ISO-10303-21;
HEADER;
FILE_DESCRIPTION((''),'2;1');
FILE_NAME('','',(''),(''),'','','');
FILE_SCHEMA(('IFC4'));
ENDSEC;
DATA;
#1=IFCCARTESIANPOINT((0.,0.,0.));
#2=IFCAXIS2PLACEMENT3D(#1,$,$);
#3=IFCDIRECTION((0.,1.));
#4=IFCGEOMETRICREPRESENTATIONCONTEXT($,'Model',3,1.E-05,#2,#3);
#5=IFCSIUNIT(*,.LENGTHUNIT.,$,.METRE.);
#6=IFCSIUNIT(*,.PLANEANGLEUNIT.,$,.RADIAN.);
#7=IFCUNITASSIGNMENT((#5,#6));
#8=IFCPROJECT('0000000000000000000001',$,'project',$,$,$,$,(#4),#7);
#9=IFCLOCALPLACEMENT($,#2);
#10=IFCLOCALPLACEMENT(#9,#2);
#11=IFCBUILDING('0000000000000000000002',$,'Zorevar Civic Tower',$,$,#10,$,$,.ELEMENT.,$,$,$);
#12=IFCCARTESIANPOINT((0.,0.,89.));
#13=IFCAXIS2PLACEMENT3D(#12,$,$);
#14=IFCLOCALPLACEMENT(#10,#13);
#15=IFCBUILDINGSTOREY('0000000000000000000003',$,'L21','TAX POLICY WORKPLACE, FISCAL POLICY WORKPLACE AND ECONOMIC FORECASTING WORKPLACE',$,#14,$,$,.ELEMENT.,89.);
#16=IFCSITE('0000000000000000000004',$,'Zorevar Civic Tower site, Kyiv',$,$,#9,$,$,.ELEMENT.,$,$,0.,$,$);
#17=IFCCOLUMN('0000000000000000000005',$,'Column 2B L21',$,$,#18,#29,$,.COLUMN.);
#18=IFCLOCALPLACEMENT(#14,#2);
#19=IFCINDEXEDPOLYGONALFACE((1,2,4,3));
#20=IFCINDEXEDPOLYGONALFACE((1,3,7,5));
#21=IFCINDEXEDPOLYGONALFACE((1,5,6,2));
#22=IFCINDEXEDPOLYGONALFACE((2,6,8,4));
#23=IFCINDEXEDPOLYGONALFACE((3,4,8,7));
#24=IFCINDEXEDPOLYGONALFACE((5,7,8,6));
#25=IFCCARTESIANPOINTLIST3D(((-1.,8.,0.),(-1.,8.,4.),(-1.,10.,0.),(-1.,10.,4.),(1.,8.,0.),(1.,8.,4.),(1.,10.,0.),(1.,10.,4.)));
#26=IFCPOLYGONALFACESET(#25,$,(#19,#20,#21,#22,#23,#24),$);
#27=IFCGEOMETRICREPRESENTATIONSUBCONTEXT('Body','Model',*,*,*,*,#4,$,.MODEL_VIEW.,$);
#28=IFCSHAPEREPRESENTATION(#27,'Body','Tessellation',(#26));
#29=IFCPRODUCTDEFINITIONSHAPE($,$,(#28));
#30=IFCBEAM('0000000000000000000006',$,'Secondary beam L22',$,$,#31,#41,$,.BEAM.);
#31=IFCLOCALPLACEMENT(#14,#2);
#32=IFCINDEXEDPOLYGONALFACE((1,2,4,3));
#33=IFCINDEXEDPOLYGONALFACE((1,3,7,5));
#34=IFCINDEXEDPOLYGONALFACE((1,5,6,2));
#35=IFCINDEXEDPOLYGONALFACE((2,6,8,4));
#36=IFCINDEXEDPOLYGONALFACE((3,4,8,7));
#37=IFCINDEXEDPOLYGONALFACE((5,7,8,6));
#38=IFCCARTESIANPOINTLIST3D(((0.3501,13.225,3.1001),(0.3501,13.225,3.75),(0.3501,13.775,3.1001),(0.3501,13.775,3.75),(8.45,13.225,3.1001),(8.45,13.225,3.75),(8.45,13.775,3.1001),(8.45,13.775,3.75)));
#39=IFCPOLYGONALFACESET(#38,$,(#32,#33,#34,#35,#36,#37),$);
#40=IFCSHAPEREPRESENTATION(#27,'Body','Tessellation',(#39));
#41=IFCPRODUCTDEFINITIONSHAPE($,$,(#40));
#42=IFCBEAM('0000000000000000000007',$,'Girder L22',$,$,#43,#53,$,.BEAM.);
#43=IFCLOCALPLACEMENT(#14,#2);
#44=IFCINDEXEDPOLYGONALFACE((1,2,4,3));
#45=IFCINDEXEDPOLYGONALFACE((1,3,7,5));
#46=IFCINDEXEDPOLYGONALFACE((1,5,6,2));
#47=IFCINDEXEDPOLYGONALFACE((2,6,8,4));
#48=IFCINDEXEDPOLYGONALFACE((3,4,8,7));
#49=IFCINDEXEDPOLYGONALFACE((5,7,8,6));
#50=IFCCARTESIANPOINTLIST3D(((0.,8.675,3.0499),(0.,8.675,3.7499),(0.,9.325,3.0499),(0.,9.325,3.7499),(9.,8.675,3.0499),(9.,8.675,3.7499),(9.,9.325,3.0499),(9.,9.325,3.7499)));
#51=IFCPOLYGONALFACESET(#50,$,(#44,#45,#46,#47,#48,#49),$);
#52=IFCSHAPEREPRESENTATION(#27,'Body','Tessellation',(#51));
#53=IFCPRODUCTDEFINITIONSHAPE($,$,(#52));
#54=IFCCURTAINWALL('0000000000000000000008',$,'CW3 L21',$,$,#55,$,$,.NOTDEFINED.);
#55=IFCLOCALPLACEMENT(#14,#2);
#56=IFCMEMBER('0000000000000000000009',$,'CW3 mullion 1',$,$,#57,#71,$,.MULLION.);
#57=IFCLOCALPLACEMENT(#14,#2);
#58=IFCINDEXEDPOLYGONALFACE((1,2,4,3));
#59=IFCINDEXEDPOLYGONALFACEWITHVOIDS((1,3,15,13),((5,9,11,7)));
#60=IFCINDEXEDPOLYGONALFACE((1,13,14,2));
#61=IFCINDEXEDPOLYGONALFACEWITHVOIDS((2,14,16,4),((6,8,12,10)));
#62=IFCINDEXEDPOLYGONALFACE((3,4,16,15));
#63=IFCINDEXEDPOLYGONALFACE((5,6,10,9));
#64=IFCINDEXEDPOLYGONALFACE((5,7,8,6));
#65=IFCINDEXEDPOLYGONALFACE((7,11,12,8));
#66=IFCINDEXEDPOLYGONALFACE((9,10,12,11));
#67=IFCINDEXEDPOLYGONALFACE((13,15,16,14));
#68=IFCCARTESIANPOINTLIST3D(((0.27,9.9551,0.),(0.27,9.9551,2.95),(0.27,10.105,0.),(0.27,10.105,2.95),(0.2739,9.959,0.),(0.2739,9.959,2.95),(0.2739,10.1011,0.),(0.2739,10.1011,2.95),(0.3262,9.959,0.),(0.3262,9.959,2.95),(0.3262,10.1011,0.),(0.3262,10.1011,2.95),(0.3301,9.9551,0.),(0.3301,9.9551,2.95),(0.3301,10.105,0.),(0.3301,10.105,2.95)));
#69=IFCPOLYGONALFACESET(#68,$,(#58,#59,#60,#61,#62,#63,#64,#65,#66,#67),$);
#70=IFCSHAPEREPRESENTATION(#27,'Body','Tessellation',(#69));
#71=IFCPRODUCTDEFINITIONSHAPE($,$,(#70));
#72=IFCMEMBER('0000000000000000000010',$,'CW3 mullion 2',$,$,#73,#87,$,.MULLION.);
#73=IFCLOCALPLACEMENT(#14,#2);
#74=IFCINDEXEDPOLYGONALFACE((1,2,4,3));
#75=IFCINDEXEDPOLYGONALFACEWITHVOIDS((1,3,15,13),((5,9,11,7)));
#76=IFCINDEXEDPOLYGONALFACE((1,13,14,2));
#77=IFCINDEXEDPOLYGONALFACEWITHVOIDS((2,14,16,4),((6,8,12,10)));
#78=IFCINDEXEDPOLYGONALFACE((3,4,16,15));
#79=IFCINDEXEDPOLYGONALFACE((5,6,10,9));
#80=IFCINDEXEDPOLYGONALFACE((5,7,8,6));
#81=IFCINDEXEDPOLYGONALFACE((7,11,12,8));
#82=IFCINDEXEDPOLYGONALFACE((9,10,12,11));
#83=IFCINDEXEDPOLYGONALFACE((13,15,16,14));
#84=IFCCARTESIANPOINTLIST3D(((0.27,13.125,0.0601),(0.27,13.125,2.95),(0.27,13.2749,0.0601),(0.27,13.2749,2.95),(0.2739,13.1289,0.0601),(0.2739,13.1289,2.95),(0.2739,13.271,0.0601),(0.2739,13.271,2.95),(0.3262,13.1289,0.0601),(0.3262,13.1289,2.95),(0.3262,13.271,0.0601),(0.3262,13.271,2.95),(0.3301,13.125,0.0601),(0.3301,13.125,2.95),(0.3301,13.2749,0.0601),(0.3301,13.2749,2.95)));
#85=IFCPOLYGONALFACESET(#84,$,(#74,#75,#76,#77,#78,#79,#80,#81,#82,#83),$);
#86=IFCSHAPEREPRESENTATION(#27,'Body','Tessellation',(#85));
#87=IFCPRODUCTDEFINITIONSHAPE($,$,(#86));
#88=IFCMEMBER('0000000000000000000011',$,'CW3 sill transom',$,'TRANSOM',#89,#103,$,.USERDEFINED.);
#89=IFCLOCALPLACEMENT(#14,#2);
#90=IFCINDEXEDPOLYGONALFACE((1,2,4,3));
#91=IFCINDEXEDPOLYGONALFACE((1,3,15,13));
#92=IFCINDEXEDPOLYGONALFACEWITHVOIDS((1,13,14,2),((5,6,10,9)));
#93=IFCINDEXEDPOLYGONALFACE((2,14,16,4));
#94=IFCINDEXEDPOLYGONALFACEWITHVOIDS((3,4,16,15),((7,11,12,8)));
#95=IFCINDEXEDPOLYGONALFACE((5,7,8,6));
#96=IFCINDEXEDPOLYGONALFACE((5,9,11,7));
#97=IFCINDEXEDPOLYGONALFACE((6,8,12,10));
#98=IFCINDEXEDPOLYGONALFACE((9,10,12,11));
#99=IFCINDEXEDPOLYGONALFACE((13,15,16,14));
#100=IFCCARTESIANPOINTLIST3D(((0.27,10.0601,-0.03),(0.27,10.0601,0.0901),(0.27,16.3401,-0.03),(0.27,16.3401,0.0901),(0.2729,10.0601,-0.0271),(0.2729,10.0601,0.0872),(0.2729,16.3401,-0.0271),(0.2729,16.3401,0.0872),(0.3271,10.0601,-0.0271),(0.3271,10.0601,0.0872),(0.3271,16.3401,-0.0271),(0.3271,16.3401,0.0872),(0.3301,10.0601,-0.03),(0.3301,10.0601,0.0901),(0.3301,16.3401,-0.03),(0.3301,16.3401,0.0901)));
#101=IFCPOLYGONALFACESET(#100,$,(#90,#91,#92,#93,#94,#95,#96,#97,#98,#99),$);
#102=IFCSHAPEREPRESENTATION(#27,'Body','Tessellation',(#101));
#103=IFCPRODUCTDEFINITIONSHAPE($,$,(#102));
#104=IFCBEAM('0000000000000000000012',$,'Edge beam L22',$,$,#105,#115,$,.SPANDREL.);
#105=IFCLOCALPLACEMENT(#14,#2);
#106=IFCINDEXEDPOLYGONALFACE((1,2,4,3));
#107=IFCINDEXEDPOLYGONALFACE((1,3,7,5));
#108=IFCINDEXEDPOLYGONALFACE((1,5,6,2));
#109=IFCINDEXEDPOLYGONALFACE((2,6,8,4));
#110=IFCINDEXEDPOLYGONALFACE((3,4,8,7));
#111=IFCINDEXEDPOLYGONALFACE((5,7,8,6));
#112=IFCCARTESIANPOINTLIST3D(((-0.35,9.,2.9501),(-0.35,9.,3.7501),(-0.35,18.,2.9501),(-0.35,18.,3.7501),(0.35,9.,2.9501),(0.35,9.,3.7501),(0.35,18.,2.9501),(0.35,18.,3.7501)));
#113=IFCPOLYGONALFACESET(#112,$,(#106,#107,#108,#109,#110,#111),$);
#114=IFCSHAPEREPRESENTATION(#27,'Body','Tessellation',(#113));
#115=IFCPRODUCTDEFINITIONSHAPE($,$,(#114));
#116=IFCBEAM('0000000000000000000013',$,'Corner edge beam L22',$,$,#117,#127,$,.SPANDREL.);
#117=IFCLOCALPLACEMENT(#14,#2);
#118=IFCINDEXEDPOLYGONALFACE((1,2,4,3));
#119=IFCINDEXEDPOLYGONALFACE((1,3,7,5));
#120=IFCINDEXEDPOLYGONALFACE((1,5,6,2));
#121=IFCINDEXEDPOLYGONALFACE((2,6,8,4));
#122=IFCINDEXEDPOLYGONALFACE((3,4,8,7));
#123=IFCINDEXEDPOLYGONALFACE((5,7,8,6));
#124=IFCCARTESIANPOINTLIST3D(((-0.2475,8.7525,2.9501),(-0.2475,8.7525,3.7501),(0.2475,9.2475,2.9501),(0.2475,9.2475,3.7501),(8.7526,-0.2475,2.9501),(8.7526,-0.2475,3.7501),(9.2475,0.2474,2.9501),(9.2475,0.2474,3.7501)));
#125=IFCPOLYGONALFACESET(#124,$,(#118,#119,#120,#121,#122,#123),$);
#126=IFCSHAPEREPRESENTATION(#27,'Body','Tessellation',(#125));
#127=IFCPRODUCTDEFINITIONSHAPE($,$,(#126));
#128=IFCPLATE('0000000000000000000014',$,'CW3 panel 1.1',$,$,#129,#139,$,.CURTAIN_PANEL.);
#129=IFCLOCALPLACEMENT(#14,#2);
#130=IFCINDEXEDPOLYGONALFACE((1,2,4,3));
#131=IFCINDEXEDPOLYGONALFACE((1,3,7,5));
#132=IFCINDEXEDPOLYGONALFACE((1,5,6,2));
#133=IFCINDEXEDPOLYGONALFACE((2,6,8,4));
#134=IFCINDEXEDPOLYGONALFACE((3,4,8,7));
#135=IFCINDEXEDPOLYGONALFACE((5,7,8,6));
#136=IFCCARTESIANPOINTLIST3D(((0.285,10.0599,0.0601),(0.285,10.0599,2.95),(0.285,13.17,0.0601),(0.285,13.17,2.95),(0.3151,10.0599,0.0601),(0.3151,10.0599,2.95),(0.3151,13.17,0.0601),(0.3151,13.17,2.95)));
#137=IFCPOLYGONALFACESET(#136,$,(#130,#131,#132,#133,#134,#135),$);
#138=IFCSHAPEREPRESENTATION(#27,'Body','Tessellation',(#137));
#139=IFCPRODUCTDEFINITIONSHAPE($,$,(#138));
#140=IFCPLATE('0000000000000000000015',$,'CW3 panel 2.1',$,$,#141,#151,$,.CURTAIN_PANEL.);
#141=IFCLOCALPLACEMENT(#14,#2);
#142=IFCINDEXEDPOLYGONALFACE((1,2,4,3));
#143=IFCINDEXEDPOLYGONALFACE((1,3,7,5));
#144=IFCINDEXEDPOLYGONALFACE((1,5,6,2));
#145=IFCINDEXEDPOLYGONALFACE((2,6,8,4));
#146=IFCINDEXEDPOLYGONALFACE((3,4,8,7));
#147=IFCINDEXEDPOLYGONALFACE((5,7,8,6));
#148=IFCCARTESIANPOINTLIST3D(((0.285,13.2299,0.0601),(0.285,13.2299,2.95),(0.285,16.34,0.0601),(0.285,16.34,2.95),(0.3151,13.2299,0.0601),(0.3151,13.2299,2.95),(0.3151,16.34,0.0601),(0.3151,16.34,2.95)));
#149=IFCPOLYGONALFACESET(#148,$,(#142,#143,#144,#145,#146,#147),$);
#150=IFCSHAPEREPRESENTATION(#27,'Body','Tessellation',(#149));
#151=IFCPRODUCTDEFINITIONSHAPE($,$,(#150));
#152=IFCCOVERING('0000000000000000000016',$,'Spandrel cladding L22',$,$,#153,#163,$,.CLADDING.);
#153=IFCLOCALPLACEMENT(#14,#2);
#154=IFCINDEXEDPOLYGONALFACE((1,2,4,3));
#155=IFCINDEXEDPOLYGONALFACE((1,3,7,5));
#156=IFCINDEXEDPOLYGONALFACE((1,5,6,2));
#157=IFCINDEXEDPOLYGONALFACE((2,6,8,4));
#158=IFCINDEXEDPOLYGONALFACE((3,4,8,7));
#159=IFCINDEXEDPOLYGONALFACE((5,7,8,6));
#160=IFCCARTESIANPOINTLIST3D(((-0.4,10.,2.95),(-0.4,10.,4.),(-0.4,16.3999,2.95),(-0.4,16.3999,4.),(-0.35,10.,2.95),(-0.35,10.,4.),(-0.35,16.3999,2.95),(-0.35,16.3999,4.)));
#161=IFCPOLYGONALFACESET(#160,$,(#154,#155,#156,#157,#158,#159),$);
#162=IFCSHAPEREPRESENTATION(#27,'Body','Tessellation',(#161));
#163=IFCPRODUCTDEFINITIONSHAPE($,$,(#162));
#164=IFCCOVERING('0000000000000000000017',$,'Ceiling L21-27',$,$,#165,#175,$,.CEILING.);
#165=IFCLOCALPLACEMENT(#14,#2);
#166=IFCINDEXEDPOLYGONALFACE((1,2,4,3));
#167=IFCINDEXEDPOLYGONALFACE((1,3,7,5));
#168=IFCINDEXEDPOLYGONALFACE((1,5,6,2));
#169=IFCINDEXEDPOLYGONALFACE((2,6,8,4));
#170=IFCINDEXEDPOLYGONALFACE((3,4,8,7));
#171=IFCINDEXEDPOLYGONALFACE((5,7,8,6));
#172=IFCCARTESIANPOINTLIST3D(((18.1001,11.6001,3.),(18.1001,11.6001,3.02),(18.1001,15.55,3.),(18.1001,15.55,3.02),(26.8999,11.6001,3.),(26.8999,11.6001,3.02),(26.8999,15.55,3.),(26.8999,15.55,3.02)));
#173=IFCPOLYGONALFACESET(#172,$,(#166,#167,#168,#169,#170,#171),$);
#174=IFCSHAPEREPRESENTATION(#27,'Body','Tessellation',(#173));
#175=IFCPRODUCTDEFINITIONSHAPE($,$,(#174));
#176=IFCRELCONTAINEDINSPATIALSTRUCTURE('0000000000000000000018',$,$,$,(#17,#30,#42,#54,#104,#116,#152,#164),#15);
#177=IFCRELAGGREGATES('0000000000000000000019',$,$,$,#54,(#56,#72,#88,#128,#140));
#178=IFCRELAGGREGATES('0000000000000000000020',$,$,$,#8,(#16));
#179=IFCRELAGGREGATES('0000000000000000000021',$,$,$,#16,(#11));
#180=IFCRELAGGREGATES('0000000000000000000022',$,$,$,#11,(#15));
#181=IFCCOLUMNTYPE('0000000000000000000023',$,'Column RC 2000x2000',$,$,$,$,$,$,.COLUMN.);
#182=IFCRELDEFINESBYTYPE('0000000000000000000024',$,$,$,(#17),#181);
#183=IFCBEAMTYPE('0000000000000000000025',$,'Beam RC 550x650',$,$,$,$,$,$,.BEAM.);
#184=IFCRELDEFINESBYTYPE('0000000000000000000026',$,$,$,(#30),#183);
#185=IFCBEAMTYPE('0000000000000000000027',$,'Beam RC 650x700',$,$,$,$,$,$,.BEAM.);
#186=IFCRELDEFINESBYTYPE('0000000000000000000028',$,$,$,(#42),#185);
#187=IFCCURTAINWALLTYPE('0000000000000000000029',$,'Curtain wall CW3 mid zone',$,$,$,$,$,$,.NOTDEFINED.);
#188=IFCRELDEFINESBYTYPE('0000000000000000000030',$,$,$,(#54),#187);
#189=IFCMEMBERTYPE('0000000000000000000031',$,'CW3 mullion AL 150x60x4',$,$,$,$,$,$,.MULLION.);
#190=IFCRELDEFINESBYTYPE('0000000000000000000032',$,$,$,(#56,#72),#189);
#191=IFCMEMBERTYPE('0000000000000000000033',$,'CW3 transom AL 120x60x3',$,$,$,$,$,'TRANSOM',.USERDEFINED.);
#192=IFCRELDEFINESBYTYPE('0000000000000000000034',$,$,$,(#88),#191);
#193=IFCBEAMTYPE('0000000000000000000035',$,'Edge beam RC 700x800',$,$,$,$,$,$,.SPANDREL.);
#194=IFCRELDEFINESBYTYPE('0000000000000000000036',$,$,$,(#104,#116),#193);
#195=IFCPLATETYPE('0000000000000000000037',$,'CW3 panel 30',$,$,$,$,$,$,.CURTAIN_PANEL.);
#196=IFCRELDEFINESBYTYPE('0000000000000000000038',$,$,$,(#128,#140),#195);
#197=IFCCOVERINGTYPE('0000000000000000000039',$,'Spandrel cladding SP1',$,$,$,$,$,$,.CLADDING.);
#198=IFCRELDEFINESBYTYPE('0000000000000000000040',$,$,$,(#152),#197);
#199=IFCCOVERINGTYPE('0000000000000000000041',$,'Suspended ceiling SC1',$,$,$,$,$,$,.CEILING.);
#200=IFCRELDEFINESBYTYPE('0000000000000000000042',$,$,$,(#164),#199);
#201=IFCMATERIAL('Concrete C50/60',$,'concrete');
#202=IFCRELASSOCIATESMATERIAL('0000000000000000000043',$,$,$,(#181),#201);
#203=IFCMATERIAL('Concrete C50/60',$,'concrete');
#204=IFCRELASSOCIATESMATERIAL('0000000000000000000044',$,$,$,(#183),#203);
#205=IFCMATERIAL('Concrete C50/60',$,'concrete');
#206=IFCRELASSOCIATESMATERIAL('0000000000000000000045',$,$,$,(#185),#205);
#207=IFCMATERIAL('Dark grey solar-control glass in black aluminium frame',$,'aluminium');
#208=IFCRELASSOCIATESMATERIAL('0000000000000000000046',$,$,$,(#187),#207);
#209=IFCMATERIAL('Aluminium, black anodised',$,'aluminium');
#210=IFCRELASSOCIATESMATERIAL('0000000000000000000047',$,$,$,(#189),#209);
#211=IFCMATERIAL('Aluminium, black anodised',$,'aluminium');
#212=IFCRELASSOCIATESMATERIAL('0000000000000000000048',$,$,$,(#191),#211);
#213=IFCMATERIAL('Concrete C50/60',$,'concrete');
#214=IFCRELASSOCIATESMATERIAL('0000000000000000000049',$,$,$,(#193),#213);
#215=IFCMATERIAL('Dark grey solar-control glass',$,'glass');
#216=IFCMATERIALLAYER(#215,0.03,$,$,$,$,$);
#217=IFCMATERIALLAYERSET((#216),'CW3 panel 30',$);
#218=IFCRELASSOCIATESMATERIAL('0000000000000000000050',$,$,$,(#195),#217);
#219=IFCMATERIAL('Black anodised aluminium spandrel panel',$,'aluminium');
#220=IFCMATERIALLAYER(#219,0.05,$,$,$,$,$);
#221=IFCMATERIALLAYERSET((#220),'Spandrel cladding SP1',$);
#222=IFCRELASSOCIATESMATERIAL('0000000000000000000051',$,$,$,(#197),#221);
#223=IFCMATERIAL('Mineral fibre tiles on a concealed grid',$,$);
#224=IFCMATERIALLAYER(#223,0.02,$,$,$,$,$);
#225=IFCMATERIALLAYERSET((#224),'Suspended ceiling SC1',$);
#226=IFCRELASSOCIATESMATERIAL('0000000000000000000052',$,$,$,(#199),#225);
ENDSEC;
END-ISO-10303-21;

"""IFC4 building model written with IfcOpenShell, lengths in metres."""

from ifc_helpers import new_model, si_unit, direction, frame, frame_2d, origin, origin_2d, place, context, subcontext, project, spatial, polyline, rectangle, hollow_rectangle, outline, extrude, material, layer, layer_set, material_profile, profile_set, type_object, element, aggregate, save


model = new_model("IFC4")

# Units and contexts
model_context = context("Model", 3, precision=1e-05, world=origin(), true_north=direction((0.0, 1.0)))
body_context = subcontext(model_context, "Body", "Model", "MODEL_VIEW")
ifc_project = project(units=[si_unit("LENGTHUNIT", "METRE"), si_unit("PLANEANGLEUNIT", "RADIAN")], contexts=[model_context])

# Site, building, storey
site_placement = place(None, origin())
site = spatial("IfcSite", under=ifc_project, at=site_placement, Name="Zorevar Civic Tower site, Kyiv", CompositionType="ELEMENT", RefElevation=0.0)
building_placement = place(site_placement, origin())
building = spatial("IfcBuilding", under=site, at=building_placement, Name="Zorevar Civic Tower", CompositionType="ELEMENT")
storey_placement = place(building_placement, frame((0.0, 0.0, 89.0)))
storey = spatial("IfcBuildingStorey", under=building, at=storey_placement, Name="L21", Description="TAX POLICY WORKPLACE, FISCAL POLICY WORKPLACE AND ECONOMIC FORECASTING WORKPLACE", CompositionType="ELEMENT", Elevation=89.0)

# Column
ifc_material_1 = material(Name="Concrete C50/60", Category="concrete")
ifc_material_profile_1 = material_profile(ifc_material_1, rectangle(XDim=2.0, YDim=2.0, at=origin_2d()), Name="RC 2000x2000")
ifc_profile_set_1 = profile_set([ifc_material_profile_1], Name="Concrete C50/60")
column_type = type_object("IfcColumnType", Name="Column RC 2000x2000", PredefinedType="COLUMN", material=ifc_profile_set_1)
column_placement = place(storey_placement, frame((0.0, 9.0, 0.0), z_axis=(0.0, 0.0, 1.0), x_axis=(1.0, 0.0, 0.0)))
element("IfcColumn", 1, at=column_placement, inside=storey, type_object=column_type, Name="Column 2B L21", PredefinedType="COLUMN", context=body_context, shape_type="SweptSolid", body=[
    extrude(rectangle(XDim=2.0, YDim=2.0, at=origin_2d()), origin(), (0.0, 0.0, 1.0), 4.0),
])

# Beams
ifc_material_2 = material(Name="Concrete C50/60", Category="concrete")
ifc_material_profile_2 = material_profile(ifc_material_2, rectangle(XDim=0.55, YDim=0.6499, at=origin_2d()), Name="RC 550x650")
ifc_profile_set_2 = profile_set([ifc_material_profile_2], Name="Concrete C50/60")
beam_type_1 = type_object("IfcBeamType", Name="Beam RC 550x650", PredefinedType="BEAM", material=ifc_profile_set_2)
beam_1_placement = place(storey_placement, frame((0.3501, 13.5, 3.425), z_axis=(1.0, 0.0, 0.0), x_axis=(0.0, 1.0, 0.0)))
element("IfcBeam", 2, at=beam_1_placement, inside=storey, type_object=beam_type_1, Name="Secondary beam L22", PredefinedType="BEAM", context=body_context, shape_type="SweptSolid", body=[
    extrude(rectangle(XDim=0.55, YDim=0.6499, at=origin_2d()), origin(), (0.0, 0.0, 1.0), 8.0999),
])
ifc_material_3 = material(Name="Concrete C50/60", Category="concrete")
ifc_material_profile_3 = material_profile(ifc_material_3, rectangle(XDim=0.6499, YDim=0.7, at=origin_2d()), Name="RC 650x700")
ifc_profile_set_3 = profile_set([ifc_material_profile_3], Name="Concrete C50/60")
beam_type_2 = type_object("IfcBeamType", Name="Beam RC 650x700", PredefinedType="BEAM", material=ifc_profile_set_3)
beam_2_placement = place(storey_placement, frame((0.0, 9.0, 3.3999), z_axis=(1.0, 0.0, 0.0), x_axis=(0.0, 1.0, 0.0)))
element("IfcBeam", 3, at=beam_2_placement, inside=storey, type_object=beam_type_2, Name="Girder L22", PredefinedType="BEAM", context=body_context, shape_type="SweptSolid", body=[
    extrude(rectangle(XDim=0.6499, YDim=0.7, at=origin_2d()), origin(), (0.0, 0.0, 1.0), 9.0),
])

# Curtain wall, members
ifc_material_4 = material(Name="Dark grey solar-control glass in black aluminium frame", Category="aluminium")
curtain_wall_type = type_object("IfcCurtainWallType", Name="Curtain wall CW3 mid zone", PredefinedType="NOTDEFINED", material=ifc_material_4)
curtain_wall_placement = place(storey_placement, origin())
curtain_wall = element("IfcCurtainWall", 4, at=curtain_wall_placement, inside=storey, type_object=curtain_wall_type, Name="CW3 L21", PredefinedType="NOTDEFINED")
ifc_material_5 = material(Name="Aluminium, black anodised", Category="aluminium")
ifc_material_profile_4 = material_profile(ifc_material_5, hollow_rectangle(XDim=0.0601, YDim=0.1499, WallThickness=0.0039, at=origin_2d()), Name="AL 150x60x4")
ifc_profile_set_4 = profile_set([ifc_material_profile_4], Name="Aluminium, black anodised")
member_type_1 = type_object("IfcMemberType", Name="CW3 mullion AL 150x60x4", PredefinedType="MULLION", material=ifc_profile_set_4)
member_1_placement = place(storey_placement, frame((0.3, 10.03, 0.0), z_axis=(0.0, 0.0, 1.0), x_axis=(-1.0, 0.0, 0.0)))
member_1 = element("IfcMember", 5, at=member_1_placement, type_object=member_type_1, Name="CW3 mullion 1", PredefinedType="MULLION", context=body_context, shape_type="SweptSolid", body=[
    extrude(hollow_rectangle(XDim=0.0601, YDim=0.1499, WallThickness=0.0039, at=origin_2d()), origin(), (0.0, 0.0, 1.0), 2.95),
])
member_2_placement = place(storey_placement, frame((0.3, 13.2, 0.0601), z_axis=(0.0, 0.0, 1.0), x_axis=(-1.0, 0.0, 0.0)))
member_2 = element("IfcMember", 6, at=member_2_placement, type_object=member_type_1, Name="CW3 mullion 2", PredefinedType="MULLION", context=body_context, shape_type="SweptSolid", body=[
    extrude(hollow_rectangle(XDim=0.0601, YDim=0.1499, WallThickness=0.0039, at=origin_2d()), origin(), (0.0, 0.0, 1.0), 2.8899),
])
ifc_material_6 = material(Name="Aluminium, black anodised", Category="aluminium")
ifc_material_profile_5 = material_profile(ifc_material_6, hollow_rectangle(XDim=0.0601, YDim=0.1201, WallThickness=0.0029, at=origin_2d()), Name="AL 120x60x3")
ifc_profile_set_5 = profile_set([ifc_material_profile_5], Name="Aluminium, black anodised")
member_type_2 = type_object("IfcMemberType", Name="CW3 transom AL 120x60x3", ElementType="TRANSOM", PredefinedType="USERDEFINED", material=ifc_profile_set_5)
member_3_placement = place(storey_placement, frame((0.3, 10.0601, 0.03), z_axis=(0.0, 1.0, 0.0), x_axis=(-1.0, 0.0, 0.0)))
member_3 = element("IfcMember", 7, at=member_3_placement, type_object=member_type_2, Name="CW3 sill transom", ObjectType="TRANSOM", PredefinedType="USERDEFINED", context=body_context, shape_type="SweptSolid", body=[
    extrude(hollow_rectangle(XDim=0.0601, YDim=0.1201, WallThickness=0.0029, at=origin_2d()), origin(), (0.0, 0.0, 1.0), 6.28),
])

# Beams
ifc_material_7 = material(Name="Concrete C50/60", Category="concrete")
ifc_material_profile_6 = material_profile(ifc_material_7, rectangle(XDim=0.7, YDim=0.8, at=origin_2d()), Name="RC 700x800")
ifc_profile_set_6 = profile_set([ifc_material_profile_6], Name="Concrete C50/60")
beam_type_3 = type_object("IfcBeamType", Name="Edge beam RC 700x800", PredefinedType="SPANDREL", material=ifc_profile_set_6)
beam_3_placement = place(storey_placement, frame((0.0, 9.0, 3.3501), z_axis=(0.0, 1.0, 0.0), x_axis=(-1.0, 0.0, 0.0)))
element("IfcBeam", 8, at=beam_3_placement, inside=storey, type_object=beam_type_3, Name="Edge beam L22", PredefinedType="SPANDREL", context=body_context, shape_type="SweptSolid", body=[
    extrude(rectangle(XDim=0.7, YDim=0.8, at=origin_2d()), origin(), (0.0, 0.0, 1.0), 9.0),
])
beam_4_placement = place(storey_placement, frame((0.0, 9.0, 3.3501), z_axis=(0.707107, -0.707107, 0.0), x_axis=(0.707107, 0.707107, 0.0)))
element("IfcBeam", 9, at=beam_4_placement, inside=storey, type_object=beam_type_3, Name="Corner edge beam L22", PredefinedType="SPANDREL", context=body_context, shape_type="SweptSolid", body=[
    extrude(rectangle(XDim=0.7, YDim=0.8, at=origin_2d()), origin(), (0.0, 0.0, 1.0), 12.728),
])

# Plates
ifc_material_8 = material(Name="Dark grey solar-control glass", Category="glass")
ifc_layer_1 = layer(ifc_material_8, 0.03)
ifc_layer_set_1 = layer_set([ifc_layer_1], Name="CW3 panel 30")
plate_type = type_object("IfcPlateType", Name="CW3 panel 30", PredefinedType="CURTAIN_PANEL", material=ifc_layer_set_1)
plate_1_placement = place(storey_placement, frame((0.3, 11.615, 0.0601), z_axis=(0.0, 0.0, 1.0), x_axis=(0.0, 1.0, 0.0)))
plate_1 = element("IfcPlate", 10, at=plate_1_placement, type_object=plate_type, Name="CW3 panel 1.1", PredefinedType="CURTAIN_PANEL", context=body_context, shape_type="SweptSolid", body=[
    extrude(rectangle(XDim=3.1101, YDim=0.03, at=origin_2d()), origin(), (0.0, 0.0, 1.0), 2.8899),
])
plate_2_placement = place(storey_placement, frame((0.3, 14.7849, 0.0601), z_axis=(0.0, 0.0, 1.0), x_axis=(0.0, 1.0, 0.0)))
plate_2 = element("IfcPlate", 11, at=plate_2_placement, type_object=plate_type, Name="CW3 panel 2.1", PredefinedType="CURTAIN_PANEL", context=body_context, shape_type="SweptSolid", body=[
    extrude(rectangle(XDim=3.1101, YDim=0.03, at=origin_2d()), origin(), (0.0, 0.0, 1.0), 2.8899),
])
aggregate(curtain_wall, [member_1, member_2, member_3, plate_1, plate_2])

# Coverings
ifc_material_9 = material(Name="Black anodised aluminium spandrel panel", Category="aluminium")
ifc_layer_2 = layer(ifc_material_9, 0.05)
ifc_layer_set_2 = layer_set([ifc_layer_2], Name="Spandrel cladding SP1")
covering_type_1 = type_object("IfcCoveringType", Name="Spandrel cladding SP1", PredefinedType="CLADDING", material=ifc_layer_set_2)
covering_1_placement = place(storey_placement, frame((-0.375, 10.0, 2.95), z_axis=(0.0, 0.0, 1.0), x_axis=(0.0, 1.0, 0.0)))
element("IfcCovering", 12, at=covering_1_placement, inside=storey, type_object=covering_type_1, Name="Spandrel cladding L22", PredefinedType="CLADDING", context=body_context, shape_type="SweptSolid", body=[
    extrude(rectangle(XDim=6.3999, YDim=0.05, at=frame_2d((3.2, 0.0))), origin(), (0.0, 0.0, 1.0), 1.05),
])
ifc_material_10 = material(Name="Mineral fibre tiles on a concealed grid")
ifc_layer_3 = layer(ifc_material_10, 0.02)
ifc_layer_set_3 = layer_set([ifc_layer_3], Name="Suspended ceiling SC1")
covering_type_2 = type_object("IfcCoveringType", Name="Suspended ceiling SC1", PredefinedType="CEILING", material=ifc_layer_set_3)
covering_2_placement = place(storey_placement, frame((0.0, 0.0, 3.0)))
element("IfcCovering", 13, at=covering_2_placement, inside=storey, type_object=covering_type_2, Name="Ceiling L21-27", PredefinedType="CEILING", context=body_context, shape_type="SweptSolid", body=[
    extrude(outline(polyline([(18.1001, 11.6001), (18.1001, 15.55), (26.8999, 15.55), (26.8999, 11.6001), (18.1001, 11.6001)])), origin(), (0.0, 0.0, 1.0), 0.02),
])

save(model, "model.ifc")
